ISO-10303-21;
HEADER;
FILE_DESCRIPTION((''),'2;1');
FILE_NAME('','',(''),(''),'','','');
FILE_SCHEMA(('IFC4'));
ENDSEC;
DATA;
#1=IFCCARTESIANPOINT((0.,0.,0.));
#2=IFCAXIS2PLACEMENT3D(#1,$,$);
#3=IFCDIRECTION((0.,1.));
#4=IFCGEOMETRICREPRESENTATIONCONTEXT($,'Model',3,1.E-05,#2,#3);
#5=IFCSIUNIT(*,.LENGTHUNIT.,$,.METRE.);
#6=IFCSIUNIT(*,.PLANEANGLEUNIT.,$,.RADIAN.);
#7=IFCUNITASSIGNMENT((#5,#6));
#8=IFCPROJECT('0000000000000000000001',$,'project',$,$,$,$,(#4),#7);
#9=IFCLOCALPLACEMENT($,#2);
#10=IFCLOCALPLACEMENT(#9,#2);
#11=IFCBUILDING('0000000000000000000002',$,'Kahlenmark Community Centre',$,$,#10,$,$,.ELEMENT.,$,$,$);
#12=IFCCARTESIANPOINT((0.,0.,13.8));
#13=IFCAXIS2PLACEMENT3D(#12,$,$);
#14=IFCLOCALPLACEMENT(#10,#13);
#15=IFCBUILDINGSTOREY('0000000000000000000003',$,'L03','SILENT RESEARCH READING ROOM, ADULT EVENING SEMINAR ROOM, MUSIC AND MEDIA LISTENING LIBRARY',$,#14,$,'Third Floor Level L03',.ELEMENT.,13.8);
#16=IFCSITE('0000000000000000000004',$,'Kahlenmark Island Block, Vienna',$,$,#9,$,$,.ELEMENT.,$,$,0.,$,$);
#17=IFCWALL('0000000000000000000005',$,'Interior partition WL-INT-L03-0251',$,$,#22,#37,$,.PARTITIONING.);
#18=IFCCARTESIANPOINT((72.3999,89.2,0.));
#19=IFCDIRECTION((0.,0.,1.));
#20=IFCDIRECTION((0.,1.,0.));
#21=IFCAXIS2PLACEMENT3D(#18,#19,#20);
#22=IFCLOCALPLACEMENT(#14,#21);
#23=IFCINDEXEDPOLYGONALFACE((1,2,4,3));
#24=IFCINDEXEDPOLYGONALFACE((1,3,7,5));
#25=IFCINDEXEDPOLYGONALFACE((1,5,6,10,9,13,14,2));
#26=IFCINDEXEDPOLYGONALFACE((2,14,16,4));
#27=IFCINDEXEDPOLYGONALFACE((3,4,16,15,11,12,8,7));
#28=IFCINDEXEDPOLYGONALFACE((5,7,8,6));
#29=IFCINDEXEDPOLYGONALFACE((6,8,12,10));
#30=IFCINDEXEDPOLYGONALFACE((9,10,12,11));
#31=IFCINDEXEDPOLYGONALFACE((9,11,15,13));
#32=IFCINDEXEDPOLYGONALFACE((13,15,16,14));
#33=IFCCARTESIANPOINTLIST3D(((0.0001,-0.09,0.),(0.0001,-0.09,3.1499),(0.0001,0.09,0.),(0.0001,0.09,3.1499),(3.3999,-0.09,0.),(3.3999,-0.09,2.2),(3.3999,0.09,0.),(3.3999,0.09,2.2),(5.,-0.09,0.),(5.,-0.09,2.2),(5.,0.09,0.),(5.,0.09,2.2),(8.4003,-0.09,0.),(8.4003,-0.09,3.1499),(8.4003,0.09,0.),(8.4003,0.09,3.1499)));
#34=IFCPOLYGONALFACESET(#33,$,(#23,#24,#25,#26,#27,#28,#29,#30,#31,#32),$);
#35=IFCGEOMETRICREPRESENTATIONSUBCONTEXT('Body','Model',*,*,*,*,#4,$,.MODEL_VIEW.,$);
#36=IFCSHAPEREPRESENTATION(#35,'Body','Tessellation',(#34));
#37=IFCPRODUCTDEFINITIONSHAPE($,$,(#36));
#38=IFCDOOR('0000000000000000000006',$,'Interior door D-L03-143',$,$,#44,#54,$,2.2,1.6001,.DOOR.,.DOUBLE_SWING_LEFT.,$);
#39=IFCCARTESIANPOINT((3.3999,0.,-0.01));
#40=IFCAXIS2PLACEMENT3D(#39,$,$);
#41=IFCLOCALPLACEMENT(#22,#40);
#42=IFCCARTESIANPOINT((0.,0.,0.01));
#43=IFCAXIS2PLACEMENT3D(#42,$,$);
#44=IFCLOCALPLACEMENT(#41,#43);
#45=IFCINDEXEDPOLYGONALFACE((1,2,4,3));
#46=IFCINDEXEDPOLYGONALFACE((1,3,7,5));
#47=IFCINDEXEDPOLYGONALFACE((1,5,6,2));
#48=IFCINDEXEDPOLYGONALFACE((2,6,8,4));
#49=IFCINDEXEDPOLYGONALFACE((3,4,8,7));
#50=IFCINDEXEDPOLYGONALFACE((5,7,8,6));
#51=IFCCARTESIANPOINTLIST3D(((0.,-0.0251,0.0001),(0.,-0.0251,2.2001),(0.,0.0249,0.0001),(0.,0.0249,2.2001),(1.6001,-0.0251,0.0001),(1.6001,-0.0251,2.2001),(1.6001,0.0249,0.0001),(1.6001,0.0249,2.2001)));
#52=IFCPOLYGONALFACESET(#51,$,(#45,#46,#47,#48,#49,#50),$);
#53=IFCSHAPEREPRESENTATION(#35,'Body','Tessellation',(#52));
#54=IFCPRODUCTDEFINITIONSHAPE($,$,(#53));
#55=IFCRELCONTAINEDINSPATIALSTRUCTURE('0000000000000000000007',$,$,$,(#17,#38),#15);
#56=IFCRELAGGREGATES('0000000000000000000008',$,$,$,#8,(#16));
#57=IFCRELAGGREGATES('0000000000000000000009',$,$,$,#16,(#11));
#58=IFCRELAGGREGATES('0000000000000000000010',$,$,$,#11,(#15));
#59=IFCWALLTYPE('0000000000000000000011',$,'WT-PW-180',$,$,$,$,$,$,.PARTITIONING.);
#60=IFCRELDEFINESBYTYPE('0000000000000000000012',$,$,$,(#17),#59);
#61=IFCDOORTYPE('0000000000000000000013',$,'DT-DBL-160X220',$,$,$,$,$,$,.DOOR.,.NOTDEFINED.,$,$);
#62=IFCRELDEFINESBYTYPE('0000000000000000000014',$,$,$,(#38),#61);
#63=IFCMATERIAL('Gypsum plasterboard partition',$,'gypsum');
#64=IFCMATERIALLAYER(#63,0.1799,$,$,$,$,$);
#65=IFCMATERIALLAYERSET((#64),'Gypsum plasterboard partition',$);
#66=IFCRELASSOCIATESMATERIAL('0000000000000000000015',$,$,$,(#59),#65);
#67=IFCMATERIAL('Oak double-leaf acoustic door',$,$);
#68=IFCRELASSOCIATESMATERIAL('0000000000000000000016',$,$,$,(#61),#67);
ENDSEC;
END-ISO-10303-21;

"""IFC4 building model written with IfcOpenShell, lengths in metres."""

from ifc_helpers import new_model, si_unit, direction, frame, frame_2d, origin, place, context, subcontext, project, spatial, rectangle, extrude, material, layer, layer_set, type_object, element, fill, save


model = new_model("IFC4")

# Units and contexts
model_context = context("Model", 3, precision=1e-05, world=origin(), true_north=direction((0.0, 1.0)))
body_context = subcontext(model_context, "Body", "Model", "MODEL_VIEW")
ifc_project = project(units=[si_unit("LENGTHUNIT", "METRE"), si_unit("PLANEANGLEUNIT", "RADIAN")], contexts=[model_context])

# Site, building, storey
site_placement = place(None, origin())
site = spatial("IfcSite", under=ifc_project, at=site_placement, Name="Kahlenmark Island Block, Vienna", CompositionType="ELEMENT", RefElevation=0.0)
building_placement = place(site_placement, origin())
building = spatial("IfcBuilding", under=site, at=building_placement, Name="Kahlenmark Community Centre", CompositionType="ELEMENT")
storey_placement = place(building_placement, frame((0.0, 0.0, 13.8)))
storey = spatial("IfcBuildingStorey", under=building, at=storey_placement, Name="L03", Description="SILENT RESEARCH READING ROOM, ADULT EVENING SEMINAR ROOM, MUSIC AND MEDIA LISTENING LIBRARY", LongName="Third Floor Level L03", CompositionType="ELEMENT", Elevation=13.8)

# Wall, opening, door
ifc_material_1 = material(Name="Gypsum plasterboard partition", Category="gypsum")
ifc_layer_1 = layer(ifc_material_1, 0.1799)
ifc_layer_set_1 = layer_set([ifc_layer_1], Name="Gypsum plasterboard partition")
wall_type_1 = type_object("IfcWallType", Name="WT-PW-180", PredefinedType="PARTITIONING", material=ifc_layer_set_1)
wall_1_placement = place(storey_placement, frame((72.3999, 89.2, 0.0), z_axis=(0.0, 0.0, 1.0), x_axis=(0.0, 1.0, 0.0)))
wall_1 = element("IfcWall", 1, at=wall_1_placement, inside=storey, type_object=wall_type_1, Name="Interior partition WL-INT-L03-0251", PredefinedType="PARTITIONING", context=body_context, shape_type="SweptSolid", body=[
    extrude(rectangle(XDim=8.4001, YDim=0.1799, at=frame_2d((4.2002, 0.0))), origin(), (0.0, 0.0, 1.0), 3.1499),
])
opening_1_placement = place(wall_1_placement, frame((3.3999, 0.0, -0.01)))
opening_1 = element("IfcOpeningElement", 2, at=opening_1_placement, cuts=wall_1, PredefinedType="OPENING", context=body_context, shape_type="SweptSolid", body=[
    extrude(rectangle(XDim=1.6001, YDim=2.21, at=frame_2d((0.8, 1.105))), frame((0.0, 0.0999, 0.0), z_axis=(0.0, -1.0, 0.0), x_axis=(1.0, 0.0, 0.0)), (0.0, 0.0, 1.0), 0.2),
])
ifc_material_2 = material(Name="Oak double-leaf acoustic door")
door_type = type_object("IfcDoorType", Name="DT-DBL-160X220", OperationType="NOTDEFINED", PredefinedType="DOOR", material=ifc_material_2)
door_placement = place(opening_1_placement, frame((0.0, 0.0, 0.01)))
door = element("IfcDoor", 3, at=door_placement, inside=storey, type_object=door_type, Name="Interior door D-L03-143", OperationType="DOUBLE_SWING_LEFT", OverallHeight=2.2, OverallWidth=1.6001, PredefinedType="DOOR", context=body_context, shape_type="SweptSolid", body=[
    extrude(rectangle(XDim=1.6001, YDim=2.2, at=frame_2d((0.8, 1.1001))), frame((0.0, 0.0249, 0.0), z_axis=(0.0, -1.0, 0.0), x_axis=(1.0, 0.0, 0.0)), (0.0, 0.0, 1.0), 0.05),
])
fill(opening_1, door)

save(model, "model.ifc")
